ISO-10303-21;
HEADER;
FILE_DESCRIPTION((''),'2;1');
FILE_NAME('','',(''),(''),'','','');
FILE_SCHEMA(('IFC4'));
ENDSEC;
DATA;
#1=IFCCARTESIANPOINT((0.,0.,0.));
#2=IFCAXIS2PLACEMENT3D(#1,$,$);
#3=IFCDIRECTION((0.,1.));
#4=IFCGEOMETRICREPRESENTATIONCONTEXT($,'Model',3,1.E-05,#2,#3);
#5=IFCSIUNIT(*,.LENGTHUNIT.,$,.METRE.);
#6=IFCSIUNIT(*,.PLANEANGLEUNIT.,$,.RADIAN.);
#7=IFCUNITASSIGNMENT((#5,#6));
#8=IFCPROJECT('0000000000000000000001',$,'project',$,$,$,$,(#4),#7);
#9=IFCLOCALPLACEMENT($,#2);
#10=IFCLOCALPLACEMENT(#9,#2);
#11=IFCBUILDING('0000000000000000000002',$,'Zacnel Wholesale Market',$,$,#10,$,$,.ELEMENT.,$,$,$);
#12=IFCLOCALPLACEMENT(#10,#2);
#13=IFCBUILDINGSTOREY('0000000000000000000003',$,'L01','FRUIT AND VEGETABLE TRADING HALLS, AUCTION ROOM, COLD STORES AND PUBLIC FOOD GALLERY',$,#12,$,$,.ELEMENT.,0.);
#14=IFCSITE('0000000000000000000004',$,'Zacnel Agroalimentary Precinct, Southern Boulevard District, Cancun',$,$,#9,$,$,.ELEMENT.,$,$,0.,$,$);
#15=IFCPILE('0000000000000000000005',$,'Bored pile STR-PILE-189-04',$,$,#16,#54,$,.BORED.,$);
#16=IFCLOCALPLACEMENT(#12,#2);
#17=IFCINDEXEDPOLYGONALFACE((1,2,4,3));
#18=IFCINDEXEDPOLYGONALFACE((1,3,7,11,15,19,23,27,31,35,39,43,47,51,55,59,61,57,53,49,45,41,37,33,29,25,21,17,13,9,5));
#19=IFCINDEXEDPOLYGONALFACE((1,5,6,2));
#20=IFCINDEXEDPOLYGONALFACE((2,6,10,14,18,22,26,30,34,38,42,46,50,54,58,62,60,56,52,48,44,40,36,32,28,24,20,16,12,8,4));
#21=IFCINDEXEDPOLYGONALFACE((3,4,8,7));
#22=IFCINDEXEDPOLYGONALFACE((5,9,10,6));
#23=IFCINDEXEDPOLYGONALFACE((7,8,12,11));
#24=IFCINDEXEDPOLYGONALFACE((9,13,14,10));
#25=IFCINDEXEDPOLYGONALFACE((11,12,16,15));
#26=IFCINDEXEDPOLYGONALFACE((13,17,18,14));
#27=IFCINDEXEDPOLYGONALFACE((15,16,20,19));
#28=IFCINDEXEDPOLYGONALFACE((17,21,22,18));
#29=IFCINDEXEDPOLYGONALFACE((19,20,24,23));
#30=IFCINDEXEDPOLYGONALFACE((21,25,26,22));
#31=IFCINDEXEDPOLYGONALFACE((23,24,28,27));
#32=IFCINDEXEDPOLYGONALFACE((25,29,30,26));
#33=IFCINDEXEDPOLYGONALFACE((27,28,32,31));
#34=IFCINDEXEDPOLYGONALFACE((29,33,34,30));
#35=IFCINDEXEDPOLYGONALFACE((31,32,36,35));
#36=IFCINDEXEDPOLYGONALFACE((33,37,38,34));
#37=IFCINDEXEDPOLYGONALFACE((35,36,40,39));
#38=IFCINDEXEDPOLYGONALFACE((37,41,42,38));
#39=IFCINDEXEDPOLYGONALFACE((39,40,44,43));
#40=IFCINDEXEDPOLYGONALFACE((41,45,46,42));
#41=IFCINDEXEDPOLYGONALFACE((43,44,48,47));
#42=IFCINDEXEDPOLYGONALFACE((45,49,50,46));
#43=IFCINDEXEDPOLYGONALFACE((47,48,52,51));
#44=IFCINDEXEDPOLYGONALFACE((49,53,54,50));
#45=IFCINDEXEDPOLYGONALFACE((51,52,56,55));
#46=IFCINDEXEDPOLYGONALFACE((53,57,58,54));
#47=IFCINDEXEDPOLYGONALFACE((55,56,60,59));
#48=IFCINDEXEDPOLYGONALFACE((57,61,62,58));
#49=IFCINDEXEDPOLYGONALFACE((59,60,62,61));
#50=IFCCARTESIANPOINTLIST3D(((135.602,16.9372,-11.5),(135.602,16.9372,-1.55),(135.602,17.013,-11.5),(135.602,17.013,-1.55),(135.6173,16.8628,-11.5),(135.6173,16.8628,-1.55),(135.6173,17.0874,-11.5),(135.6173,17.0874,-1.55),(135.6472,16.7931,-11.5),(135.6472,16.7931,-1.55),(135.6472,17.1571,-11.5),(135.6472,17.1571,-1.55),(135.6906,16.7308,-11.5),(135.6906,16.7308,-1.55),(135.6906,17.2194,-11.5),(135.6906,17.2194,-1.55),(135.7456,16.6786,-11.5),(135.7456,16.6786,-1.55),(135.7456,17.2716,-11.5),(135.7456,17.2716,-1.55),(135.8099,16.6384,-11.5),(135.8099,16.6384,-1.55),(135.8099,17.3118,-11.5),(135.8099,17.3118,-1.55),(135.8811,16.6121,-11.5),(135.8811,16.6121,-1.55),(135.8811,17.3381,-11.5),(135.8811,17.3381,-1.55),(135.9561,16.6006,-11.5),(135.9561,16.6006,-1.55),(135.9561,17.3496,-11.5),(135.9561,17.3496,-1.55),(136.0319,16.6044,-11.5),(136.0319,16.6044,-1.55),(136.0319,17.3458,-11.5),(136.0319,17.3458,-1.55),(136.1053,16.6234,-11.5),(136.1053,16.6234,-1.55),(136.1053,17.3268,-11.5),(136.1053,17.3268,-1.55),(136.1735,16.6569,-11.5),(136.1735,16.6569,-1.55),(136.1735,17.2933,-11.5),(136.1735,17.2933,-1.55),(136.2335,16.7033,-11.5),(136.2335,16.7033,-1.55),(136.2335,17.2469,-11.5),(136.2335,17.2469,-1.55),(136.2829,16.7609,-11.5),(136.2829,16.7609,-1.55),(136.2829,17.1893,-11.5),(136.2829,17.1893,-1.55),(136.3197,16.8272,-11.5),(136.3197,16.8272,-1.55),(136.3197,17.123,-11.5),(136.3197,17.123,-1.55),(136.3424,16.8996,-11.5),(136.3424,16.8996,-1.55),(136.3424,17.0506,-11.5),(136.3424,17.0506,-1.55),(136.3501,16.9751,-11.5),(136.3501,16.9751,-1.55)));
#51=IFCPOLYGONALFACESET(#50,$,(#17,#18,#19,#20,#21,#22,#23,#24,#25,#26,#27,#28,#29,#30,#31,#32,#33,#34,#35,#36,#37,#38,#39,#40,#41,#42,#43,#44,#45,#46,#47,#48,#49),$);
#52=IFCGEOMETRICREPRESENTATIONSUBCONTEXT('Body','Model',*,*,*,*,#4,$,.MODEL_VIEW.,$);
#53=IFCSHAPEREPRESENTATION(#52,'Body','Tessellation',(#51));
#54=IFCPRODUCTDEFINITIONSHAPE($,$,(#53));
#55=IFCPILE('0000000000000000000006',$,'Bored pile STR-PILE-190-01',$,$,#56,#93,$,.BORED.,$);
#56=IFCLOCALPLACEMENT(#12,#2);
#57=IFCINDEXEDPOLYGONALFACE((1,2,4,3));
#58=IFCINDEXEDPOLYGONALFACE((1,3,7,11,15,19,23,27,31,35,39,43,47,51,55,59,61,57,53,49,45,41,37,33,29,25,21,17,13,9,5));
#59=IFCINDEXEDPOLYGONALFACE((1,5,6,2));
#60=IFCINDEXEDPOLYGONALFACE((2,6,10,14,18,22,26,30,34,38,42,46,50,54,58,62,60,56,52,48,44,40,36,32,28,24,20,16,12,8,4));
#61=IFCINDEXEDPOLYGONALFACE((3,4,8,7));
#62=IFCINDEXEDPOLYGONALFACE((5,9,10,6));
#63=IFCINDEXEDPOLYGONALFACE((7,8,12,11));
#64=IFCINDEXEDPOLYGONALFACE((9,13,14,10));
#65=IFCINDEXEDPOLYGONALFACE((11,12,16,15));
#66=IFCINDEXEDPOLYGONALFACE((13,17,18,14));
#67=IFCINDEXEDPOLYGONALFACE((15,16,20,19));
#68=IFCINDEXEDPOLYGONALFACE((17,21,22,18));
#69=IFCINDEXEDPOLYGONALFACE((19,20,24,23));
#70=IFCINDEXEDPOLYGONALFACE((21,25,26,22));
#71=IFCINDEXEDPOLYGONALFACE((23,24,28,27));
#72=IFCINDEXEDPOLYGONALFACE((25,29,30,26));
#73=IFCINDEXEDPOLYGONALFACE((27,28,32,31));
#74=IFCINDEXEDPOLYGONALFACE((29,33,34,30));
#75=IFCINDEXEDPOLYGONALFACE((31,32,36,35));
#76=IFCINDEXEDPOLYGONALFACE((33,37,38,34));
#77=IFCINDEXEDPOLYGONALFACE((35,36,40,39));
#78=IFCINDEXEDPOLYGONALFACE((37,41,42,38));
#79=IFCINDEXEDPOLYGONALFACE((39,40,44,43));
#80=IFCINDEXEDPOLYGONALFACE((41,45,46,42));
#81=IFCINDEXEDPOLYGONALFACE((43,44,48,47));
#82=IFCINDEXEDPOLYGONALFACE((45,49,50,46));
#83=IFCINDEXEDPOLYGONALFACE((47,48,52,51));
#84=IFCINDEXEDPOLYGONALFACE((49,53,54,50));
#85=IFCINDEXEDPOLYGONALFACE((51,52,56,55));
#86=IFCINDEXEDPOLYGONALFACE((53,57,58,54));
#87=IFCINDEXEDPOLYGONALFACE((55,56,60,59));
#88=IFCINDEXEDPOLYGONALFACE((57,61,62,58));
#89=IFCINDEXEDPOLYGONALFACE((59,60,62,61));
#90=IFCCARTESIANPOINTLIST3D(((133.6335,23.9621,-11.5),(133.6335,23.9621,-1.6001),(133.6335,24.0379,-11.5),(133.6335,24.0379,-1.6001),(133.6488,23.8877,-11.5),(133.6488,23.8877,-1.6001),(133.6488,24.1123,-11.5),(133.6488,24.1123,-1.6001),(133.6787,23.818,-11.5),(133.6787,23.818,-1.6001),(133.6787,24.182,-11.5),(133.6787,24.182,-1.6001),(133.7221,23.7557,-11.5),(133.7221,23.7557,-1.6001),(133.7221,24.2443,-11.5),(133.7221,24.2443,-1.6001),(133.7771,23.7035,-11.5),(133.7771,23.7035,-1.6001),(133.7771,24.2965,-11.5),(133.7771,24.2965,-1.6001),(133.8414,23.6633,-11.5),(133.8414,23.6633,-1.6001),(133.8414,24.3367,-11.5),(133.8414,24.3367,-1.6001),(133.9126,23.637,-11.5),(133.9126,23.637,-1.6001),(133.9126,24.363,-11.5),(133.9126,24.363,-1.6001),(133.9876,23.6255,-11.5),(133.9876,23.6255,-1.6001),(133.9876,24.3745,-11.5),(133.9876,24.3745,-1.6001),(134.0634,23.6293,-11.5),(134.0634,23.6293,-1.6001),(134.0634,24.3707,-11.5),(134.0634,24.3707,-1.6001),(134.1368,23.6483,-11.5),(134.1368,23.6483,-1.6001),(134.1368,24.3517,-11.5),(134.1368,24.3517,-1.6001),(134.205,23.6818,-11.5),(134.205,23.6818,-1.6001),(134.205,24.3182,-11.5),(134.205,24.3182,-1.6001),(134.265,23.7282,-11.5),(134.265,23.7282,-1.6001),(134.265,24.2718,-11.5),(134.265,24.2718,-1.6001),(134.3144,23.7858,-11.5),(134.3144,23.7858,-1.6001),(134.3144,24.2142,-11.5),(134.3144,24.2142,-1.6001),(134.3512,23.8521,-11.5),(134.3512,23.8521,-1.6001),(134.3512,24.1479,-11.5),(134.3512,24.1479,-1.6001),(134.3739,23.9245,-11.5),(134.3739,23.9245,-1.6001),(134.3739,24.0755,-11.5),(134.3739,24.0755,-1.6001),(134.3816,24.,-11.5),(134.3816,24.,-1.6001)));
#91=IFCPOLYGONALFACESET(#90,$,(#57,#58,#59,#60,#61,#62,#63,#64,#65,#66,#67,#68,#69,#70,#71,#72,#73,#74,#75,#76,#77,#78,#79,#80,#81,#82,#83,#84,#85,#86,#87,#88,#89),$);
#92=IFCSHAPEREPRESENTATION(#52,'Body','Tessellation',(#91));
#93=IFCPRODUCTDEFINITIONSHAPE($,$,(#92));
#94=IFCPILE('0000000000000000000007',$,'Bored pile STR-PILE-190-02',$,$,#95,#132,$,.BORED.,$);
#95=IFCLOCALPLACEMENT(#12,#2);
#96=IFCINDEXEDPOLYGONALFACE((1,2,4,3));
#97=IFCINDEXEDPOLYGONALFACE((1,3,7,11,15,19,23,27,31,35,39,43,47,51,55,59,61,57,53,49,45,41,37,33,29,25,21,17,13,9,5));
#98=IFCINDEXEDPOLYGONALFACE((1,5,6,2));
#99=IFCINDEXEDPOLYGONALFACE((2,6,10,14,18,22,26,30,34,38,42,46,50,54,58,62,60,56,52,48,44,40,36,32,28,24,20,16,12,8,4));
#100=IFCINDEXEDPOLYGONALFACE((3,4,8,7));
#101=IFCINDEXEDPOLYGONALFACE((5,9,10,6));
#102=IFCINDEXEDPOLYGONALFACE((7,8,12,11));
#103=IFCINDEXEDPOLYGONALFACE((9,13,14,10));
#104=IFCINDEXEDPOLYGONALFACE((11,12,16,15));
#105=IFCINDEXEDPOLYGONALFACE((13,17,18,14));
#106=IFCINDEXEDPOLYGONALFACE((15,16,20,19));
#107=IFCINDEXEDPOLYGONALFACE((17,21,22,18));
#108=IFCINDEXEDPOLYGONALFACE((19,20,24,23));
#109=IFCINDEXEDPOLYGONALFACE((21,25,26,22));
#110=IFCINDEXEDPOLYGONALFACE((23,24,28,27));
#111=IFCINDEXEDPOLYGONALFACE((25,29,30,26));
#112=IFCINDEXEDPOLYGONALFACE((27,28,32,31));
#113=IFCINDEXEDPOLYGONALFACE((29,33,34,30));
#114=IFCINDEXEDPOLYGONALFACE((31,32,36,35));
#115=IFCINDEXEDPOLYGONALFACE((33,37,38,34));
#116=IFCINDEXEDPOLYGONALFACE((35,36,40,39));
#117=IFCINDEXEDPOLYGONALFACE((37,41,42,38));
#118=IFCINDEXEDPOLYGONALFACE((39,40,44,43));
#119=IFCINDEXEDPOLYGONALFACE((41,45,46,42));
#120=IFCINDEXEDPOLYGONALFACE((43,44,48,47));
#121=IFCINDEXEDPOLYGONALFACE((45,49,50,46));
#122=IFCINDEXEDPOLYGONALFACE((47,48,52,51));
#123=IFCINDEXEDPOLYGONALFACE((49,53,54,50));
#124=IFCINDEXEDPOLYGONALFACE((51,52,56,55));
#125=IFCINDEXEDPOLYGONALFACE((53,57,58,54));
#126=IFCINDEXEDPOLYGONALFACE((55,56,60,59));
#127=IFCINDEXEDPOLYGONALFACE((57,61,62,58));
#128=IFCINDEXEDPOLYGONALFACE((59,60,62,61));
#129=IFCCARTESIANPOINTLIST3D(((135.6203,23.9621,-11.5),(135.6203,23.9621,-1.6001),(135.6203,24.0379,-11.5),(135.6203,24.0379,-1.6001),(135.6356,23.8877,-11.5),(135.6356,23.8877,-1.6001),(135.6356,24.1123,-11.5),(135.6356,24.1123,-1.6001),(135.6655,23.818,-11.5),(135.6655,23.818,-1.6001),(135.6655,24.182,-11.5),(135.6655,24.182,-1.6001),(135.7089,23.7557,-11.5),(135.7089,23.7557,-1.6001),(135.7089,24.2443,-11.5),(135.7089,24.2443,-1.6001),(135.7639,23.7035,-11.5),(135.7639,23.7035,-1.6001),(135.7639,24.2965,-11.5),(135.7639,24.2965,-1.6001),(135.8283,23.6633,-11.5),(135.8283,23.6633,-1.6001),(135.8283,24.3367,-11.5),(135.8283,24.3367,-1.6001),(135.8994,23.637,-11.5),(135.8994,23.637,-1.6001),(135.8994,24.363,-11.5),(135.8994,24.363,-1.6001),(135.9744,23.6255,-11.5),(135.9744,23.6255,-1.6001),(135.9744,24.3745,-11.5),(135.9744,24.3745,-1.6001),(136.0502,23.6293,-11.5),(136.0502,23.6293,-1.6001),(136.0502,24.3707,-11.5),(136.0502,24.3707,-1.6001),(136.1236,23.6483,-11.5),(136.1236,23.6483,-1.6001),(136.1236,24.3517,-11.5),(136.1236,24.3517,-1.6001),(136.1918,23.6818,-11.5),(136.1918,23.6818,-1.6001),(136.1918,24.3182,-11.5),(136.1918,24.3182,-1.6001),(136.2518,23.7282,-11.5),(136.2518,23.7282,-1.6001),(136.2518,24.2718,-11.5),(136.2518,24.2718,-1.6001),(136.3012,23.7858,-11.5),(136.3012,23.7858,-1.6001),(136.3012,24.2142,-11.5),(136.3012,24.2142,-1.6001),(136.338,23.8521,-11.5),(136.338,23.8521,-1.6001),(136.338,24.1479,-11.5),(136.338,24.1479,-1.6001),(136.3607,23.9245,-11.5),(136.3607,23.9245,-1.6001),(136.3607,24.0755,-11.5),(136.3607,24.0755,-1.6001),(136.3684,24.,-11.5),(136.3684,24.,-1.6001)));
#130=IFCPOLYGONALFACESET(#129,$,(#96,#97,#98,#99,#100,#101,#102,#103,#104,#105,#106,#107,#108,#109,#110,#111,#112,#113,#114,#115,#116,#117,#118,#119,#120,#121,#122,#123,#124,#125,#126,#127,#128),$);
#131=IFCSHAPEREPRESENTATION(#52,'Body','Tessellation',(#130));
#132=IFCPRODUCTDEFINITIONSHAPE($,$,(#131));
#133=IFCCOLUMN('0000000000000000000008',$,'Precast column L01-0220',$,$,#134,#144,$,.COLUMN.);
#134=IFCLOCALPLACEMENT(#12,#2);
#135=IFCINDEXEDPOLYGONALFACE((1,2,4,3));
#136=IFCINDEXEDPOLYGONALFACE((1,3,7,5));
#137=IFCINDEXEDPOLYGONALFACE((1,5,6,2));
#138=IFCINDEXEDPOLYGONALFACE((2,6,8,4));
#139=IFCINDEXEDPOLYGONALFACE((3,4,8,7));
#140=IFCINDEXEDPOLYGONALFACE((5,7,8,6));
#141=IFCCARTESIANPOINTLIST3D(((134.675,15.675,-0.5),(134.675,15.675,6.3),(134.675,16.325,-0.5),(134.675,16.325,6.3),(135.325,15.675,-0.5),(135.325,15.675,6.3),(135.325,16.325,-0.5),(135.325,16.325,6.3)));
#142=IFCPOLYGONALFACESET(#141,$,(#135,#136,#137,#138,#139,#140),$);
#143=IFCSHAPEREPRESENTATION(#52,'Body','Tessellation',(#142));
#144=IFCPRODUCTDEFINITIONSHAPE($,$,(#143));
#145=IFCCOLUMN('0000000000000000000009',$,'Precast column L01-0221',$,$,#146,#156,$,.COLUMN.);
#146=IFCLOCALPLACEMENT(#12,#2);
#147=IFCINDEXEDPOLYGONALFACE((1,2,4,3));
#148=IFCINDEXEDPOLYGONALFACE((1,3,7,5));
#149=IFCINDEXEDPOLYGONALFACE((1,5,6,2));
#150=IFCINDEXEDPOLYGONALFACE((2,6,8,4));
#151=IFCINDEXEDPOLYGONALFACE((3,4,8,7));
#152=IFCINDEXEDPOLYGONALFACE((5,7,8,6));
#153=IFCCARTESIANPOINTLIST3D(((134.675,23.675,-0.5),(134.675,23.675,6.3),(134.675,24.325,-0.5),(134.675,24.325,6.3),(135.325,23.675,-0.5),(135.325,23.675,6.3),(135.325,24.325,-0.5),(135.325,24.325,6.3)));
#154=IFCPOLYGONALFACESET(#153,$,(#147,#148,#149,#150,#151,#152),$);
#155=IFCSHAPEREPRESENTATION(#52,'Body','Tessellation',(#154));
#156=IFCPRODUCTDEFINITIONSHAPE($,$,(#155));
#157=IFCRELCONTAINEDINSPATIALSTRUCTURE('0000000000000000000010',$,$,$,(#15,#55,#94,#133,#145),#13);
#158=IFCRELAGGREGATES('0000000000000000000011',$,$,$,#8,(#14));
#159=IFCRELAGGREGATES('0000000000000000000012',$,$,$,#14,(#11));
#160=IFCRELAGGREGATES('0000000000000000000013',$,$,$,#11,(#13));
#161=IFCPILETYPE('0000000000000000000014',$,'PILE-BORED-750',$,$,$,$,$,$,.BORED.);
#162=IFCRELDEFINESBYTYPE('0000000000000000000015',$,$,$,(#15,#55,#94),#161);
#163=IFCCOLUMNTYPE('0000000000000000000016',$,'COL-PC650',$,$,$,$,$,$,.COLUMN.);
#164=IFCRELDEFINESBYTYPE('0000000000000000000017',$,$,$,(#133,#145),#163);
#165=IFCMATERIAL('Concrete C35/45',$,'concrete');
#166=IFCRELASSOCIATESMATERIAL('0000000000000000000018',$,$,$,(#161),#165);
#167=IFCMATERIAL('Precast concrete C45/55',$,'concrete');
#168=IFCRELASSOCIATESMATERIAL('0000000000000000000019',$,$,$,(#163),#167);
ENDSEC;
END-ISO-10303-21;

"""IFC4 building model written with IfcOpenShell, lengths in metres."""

from ifc_helpers import new_model, si_unit, direction, frame, origin, origin_2d, place, context, subcontext, project, spatial, rectangle, circle, extrude, material, material_profile, profile_set, type_object, element, save


model = new_model("IFC4")

# Units and contexts
model_context = context("Model", 3, precision=1e-05, world=origin(), true_north=direction((0.0, 1.0)))
body_context = subcontext(model_context, "Body", "Model", "MODEL_VIEW")
ifc_project = project(units=[si_unit("LENGTHUNIT", "METRE"), si_unit("PLANEANGLEUNIT", "RADIAN")], contexts=[model_context])

# Site, building, storey
site_placement = place(None, origin())
site = spatial("IfcSite", under=ifc_project, at=site_placement, Name="Zacnel Agroalimentary Precinct, Southern Boulevard District, Cancun", CompositionType="ELEMENT", RefElevation=0.0)
building_placement = place(site_placement, origin())
building = spatial("IfcBuilding", under=site, at=building_placement, Name="Zacnel Wholesale Market", CompositionType="ELEMENT")
storey_placement = place(building_placement, origin())
storey = spatial("IfcBuildingStorey", under=building, at=storey_placement, Name="L01", Description="FRUIT AND VEGETABLE TRADING HALLS, AUCTION ROOM, COLD STORES AND PUBLIC FOOD GALLERY", CompositionType="ELEMENT", Elevation=0.0)

# Piles
ifc_material_1 = material(Name="Concrete C35/45", Category="concrete")
ifc_material_profile_1 = material_profile(ifc_material_1, circle(Radius=0.375, at=origin_2d()), Name="BORED PILE D750")
ifc_profile_set_1 = profile_set([ifc_material_profile_1], Name="Concrete C35/45")
pile_type = type_object("IfcPileType", Name="PILE-BORED-750", PredefinedType="BORED", material=ifc_profile_set_1)
for number, where, z_axis, x_axis, name in (
    (1, (135.9751, 16.9751, -1.55), (0.0, 0.0, -1.0), (1.0, 0.0, 0.0), "Bored pile STR-PILE-189-04"),
):
    element("IfcPile", number, at=place(storey_placement, frame(where, z_axis=z_axis, x_axis=x_axis)), inside=storey, type_object=pile_type, Name=name, PredefinedType="BORED", context=body_context, shape_type="SweptSolid", body=[
        extrude(circle(Radius=0.375, at=origin_2d()), origin(), (0.0, 0.0, 1.0), 9.95),
    ])
for number, where, z_axis, x_axis, name in (
    (2, (134.0066, 24.0, -1.6001), (0.0, 0.0, -1.0), (1.0, 0.0, 0.0), "Bored pile STR-PILE-190-01"),
    (3, (135.9934, 24.0, -1.6001), (0.0, 0.0, -1.0), (1.0, 0.0, 0.0), "Bored pile STR-PILE-190-02"),
):
    element("IfcPile", number, at=place(storey_placement, frame(where, z_axis=z_axis, x_axis=x_axis)), inside=storey, type_object=pile_type, Name=name, PredefinedType="BORED", context=body_context, shape_type="SweptSolid", body=[
        extrude(circle(Radius=0.375, at=origin_2d()), origin(), (0.0, 0.0, 1.0), 9.8999),
    ])

# Columns
ifc_material_2 = material(Name="Precast concrete C45/55", Category="concrete")
ifc_material_profile_2 = material_profile(ifc_material_2, rectangle(XDim=0.6499, YDim=0.6499, at=origin_2d()), Name="PC 650x650")
ifc_profile_set_2 = profile_set([ifc_material_profile_2], Name="Precast concrete C45/55")
column_type_1 = type_object("IfcColumnType", Name="COL-PC650", PredefinedType="COLUMN", material=ifc_profile_set_2)
for number, where, z_axis, x_axis, name in (
    (4, (135.0, 16.0, -0.5), (0.0, 0.0, 1.0), (1.0, 0.0, 0.0), "Precast column L01-0220"),
    (5, (135.0, 24.0, -0.5), (0.0, 0.0, 1.0), (1.0, 0.0, 0.0), "Precast column L01-0221"),
):
    element("IfcColumn", number, at=place(storey_placement, frame(where, z_axis=z_axis, x_axis=x_axis)), inside=storey, type_object=column_type_1, Name=name, PredefinedType="COLUMN", context=body_context, shape_type="SweptSolid", body=[
        extrude(rectangle(XDim=0.6499, YDim=0.6499, at=origin_2d()), origin(), (0.0, 0.0, 1.0), 6.8),
    ])

save(model, "model.ifc")
